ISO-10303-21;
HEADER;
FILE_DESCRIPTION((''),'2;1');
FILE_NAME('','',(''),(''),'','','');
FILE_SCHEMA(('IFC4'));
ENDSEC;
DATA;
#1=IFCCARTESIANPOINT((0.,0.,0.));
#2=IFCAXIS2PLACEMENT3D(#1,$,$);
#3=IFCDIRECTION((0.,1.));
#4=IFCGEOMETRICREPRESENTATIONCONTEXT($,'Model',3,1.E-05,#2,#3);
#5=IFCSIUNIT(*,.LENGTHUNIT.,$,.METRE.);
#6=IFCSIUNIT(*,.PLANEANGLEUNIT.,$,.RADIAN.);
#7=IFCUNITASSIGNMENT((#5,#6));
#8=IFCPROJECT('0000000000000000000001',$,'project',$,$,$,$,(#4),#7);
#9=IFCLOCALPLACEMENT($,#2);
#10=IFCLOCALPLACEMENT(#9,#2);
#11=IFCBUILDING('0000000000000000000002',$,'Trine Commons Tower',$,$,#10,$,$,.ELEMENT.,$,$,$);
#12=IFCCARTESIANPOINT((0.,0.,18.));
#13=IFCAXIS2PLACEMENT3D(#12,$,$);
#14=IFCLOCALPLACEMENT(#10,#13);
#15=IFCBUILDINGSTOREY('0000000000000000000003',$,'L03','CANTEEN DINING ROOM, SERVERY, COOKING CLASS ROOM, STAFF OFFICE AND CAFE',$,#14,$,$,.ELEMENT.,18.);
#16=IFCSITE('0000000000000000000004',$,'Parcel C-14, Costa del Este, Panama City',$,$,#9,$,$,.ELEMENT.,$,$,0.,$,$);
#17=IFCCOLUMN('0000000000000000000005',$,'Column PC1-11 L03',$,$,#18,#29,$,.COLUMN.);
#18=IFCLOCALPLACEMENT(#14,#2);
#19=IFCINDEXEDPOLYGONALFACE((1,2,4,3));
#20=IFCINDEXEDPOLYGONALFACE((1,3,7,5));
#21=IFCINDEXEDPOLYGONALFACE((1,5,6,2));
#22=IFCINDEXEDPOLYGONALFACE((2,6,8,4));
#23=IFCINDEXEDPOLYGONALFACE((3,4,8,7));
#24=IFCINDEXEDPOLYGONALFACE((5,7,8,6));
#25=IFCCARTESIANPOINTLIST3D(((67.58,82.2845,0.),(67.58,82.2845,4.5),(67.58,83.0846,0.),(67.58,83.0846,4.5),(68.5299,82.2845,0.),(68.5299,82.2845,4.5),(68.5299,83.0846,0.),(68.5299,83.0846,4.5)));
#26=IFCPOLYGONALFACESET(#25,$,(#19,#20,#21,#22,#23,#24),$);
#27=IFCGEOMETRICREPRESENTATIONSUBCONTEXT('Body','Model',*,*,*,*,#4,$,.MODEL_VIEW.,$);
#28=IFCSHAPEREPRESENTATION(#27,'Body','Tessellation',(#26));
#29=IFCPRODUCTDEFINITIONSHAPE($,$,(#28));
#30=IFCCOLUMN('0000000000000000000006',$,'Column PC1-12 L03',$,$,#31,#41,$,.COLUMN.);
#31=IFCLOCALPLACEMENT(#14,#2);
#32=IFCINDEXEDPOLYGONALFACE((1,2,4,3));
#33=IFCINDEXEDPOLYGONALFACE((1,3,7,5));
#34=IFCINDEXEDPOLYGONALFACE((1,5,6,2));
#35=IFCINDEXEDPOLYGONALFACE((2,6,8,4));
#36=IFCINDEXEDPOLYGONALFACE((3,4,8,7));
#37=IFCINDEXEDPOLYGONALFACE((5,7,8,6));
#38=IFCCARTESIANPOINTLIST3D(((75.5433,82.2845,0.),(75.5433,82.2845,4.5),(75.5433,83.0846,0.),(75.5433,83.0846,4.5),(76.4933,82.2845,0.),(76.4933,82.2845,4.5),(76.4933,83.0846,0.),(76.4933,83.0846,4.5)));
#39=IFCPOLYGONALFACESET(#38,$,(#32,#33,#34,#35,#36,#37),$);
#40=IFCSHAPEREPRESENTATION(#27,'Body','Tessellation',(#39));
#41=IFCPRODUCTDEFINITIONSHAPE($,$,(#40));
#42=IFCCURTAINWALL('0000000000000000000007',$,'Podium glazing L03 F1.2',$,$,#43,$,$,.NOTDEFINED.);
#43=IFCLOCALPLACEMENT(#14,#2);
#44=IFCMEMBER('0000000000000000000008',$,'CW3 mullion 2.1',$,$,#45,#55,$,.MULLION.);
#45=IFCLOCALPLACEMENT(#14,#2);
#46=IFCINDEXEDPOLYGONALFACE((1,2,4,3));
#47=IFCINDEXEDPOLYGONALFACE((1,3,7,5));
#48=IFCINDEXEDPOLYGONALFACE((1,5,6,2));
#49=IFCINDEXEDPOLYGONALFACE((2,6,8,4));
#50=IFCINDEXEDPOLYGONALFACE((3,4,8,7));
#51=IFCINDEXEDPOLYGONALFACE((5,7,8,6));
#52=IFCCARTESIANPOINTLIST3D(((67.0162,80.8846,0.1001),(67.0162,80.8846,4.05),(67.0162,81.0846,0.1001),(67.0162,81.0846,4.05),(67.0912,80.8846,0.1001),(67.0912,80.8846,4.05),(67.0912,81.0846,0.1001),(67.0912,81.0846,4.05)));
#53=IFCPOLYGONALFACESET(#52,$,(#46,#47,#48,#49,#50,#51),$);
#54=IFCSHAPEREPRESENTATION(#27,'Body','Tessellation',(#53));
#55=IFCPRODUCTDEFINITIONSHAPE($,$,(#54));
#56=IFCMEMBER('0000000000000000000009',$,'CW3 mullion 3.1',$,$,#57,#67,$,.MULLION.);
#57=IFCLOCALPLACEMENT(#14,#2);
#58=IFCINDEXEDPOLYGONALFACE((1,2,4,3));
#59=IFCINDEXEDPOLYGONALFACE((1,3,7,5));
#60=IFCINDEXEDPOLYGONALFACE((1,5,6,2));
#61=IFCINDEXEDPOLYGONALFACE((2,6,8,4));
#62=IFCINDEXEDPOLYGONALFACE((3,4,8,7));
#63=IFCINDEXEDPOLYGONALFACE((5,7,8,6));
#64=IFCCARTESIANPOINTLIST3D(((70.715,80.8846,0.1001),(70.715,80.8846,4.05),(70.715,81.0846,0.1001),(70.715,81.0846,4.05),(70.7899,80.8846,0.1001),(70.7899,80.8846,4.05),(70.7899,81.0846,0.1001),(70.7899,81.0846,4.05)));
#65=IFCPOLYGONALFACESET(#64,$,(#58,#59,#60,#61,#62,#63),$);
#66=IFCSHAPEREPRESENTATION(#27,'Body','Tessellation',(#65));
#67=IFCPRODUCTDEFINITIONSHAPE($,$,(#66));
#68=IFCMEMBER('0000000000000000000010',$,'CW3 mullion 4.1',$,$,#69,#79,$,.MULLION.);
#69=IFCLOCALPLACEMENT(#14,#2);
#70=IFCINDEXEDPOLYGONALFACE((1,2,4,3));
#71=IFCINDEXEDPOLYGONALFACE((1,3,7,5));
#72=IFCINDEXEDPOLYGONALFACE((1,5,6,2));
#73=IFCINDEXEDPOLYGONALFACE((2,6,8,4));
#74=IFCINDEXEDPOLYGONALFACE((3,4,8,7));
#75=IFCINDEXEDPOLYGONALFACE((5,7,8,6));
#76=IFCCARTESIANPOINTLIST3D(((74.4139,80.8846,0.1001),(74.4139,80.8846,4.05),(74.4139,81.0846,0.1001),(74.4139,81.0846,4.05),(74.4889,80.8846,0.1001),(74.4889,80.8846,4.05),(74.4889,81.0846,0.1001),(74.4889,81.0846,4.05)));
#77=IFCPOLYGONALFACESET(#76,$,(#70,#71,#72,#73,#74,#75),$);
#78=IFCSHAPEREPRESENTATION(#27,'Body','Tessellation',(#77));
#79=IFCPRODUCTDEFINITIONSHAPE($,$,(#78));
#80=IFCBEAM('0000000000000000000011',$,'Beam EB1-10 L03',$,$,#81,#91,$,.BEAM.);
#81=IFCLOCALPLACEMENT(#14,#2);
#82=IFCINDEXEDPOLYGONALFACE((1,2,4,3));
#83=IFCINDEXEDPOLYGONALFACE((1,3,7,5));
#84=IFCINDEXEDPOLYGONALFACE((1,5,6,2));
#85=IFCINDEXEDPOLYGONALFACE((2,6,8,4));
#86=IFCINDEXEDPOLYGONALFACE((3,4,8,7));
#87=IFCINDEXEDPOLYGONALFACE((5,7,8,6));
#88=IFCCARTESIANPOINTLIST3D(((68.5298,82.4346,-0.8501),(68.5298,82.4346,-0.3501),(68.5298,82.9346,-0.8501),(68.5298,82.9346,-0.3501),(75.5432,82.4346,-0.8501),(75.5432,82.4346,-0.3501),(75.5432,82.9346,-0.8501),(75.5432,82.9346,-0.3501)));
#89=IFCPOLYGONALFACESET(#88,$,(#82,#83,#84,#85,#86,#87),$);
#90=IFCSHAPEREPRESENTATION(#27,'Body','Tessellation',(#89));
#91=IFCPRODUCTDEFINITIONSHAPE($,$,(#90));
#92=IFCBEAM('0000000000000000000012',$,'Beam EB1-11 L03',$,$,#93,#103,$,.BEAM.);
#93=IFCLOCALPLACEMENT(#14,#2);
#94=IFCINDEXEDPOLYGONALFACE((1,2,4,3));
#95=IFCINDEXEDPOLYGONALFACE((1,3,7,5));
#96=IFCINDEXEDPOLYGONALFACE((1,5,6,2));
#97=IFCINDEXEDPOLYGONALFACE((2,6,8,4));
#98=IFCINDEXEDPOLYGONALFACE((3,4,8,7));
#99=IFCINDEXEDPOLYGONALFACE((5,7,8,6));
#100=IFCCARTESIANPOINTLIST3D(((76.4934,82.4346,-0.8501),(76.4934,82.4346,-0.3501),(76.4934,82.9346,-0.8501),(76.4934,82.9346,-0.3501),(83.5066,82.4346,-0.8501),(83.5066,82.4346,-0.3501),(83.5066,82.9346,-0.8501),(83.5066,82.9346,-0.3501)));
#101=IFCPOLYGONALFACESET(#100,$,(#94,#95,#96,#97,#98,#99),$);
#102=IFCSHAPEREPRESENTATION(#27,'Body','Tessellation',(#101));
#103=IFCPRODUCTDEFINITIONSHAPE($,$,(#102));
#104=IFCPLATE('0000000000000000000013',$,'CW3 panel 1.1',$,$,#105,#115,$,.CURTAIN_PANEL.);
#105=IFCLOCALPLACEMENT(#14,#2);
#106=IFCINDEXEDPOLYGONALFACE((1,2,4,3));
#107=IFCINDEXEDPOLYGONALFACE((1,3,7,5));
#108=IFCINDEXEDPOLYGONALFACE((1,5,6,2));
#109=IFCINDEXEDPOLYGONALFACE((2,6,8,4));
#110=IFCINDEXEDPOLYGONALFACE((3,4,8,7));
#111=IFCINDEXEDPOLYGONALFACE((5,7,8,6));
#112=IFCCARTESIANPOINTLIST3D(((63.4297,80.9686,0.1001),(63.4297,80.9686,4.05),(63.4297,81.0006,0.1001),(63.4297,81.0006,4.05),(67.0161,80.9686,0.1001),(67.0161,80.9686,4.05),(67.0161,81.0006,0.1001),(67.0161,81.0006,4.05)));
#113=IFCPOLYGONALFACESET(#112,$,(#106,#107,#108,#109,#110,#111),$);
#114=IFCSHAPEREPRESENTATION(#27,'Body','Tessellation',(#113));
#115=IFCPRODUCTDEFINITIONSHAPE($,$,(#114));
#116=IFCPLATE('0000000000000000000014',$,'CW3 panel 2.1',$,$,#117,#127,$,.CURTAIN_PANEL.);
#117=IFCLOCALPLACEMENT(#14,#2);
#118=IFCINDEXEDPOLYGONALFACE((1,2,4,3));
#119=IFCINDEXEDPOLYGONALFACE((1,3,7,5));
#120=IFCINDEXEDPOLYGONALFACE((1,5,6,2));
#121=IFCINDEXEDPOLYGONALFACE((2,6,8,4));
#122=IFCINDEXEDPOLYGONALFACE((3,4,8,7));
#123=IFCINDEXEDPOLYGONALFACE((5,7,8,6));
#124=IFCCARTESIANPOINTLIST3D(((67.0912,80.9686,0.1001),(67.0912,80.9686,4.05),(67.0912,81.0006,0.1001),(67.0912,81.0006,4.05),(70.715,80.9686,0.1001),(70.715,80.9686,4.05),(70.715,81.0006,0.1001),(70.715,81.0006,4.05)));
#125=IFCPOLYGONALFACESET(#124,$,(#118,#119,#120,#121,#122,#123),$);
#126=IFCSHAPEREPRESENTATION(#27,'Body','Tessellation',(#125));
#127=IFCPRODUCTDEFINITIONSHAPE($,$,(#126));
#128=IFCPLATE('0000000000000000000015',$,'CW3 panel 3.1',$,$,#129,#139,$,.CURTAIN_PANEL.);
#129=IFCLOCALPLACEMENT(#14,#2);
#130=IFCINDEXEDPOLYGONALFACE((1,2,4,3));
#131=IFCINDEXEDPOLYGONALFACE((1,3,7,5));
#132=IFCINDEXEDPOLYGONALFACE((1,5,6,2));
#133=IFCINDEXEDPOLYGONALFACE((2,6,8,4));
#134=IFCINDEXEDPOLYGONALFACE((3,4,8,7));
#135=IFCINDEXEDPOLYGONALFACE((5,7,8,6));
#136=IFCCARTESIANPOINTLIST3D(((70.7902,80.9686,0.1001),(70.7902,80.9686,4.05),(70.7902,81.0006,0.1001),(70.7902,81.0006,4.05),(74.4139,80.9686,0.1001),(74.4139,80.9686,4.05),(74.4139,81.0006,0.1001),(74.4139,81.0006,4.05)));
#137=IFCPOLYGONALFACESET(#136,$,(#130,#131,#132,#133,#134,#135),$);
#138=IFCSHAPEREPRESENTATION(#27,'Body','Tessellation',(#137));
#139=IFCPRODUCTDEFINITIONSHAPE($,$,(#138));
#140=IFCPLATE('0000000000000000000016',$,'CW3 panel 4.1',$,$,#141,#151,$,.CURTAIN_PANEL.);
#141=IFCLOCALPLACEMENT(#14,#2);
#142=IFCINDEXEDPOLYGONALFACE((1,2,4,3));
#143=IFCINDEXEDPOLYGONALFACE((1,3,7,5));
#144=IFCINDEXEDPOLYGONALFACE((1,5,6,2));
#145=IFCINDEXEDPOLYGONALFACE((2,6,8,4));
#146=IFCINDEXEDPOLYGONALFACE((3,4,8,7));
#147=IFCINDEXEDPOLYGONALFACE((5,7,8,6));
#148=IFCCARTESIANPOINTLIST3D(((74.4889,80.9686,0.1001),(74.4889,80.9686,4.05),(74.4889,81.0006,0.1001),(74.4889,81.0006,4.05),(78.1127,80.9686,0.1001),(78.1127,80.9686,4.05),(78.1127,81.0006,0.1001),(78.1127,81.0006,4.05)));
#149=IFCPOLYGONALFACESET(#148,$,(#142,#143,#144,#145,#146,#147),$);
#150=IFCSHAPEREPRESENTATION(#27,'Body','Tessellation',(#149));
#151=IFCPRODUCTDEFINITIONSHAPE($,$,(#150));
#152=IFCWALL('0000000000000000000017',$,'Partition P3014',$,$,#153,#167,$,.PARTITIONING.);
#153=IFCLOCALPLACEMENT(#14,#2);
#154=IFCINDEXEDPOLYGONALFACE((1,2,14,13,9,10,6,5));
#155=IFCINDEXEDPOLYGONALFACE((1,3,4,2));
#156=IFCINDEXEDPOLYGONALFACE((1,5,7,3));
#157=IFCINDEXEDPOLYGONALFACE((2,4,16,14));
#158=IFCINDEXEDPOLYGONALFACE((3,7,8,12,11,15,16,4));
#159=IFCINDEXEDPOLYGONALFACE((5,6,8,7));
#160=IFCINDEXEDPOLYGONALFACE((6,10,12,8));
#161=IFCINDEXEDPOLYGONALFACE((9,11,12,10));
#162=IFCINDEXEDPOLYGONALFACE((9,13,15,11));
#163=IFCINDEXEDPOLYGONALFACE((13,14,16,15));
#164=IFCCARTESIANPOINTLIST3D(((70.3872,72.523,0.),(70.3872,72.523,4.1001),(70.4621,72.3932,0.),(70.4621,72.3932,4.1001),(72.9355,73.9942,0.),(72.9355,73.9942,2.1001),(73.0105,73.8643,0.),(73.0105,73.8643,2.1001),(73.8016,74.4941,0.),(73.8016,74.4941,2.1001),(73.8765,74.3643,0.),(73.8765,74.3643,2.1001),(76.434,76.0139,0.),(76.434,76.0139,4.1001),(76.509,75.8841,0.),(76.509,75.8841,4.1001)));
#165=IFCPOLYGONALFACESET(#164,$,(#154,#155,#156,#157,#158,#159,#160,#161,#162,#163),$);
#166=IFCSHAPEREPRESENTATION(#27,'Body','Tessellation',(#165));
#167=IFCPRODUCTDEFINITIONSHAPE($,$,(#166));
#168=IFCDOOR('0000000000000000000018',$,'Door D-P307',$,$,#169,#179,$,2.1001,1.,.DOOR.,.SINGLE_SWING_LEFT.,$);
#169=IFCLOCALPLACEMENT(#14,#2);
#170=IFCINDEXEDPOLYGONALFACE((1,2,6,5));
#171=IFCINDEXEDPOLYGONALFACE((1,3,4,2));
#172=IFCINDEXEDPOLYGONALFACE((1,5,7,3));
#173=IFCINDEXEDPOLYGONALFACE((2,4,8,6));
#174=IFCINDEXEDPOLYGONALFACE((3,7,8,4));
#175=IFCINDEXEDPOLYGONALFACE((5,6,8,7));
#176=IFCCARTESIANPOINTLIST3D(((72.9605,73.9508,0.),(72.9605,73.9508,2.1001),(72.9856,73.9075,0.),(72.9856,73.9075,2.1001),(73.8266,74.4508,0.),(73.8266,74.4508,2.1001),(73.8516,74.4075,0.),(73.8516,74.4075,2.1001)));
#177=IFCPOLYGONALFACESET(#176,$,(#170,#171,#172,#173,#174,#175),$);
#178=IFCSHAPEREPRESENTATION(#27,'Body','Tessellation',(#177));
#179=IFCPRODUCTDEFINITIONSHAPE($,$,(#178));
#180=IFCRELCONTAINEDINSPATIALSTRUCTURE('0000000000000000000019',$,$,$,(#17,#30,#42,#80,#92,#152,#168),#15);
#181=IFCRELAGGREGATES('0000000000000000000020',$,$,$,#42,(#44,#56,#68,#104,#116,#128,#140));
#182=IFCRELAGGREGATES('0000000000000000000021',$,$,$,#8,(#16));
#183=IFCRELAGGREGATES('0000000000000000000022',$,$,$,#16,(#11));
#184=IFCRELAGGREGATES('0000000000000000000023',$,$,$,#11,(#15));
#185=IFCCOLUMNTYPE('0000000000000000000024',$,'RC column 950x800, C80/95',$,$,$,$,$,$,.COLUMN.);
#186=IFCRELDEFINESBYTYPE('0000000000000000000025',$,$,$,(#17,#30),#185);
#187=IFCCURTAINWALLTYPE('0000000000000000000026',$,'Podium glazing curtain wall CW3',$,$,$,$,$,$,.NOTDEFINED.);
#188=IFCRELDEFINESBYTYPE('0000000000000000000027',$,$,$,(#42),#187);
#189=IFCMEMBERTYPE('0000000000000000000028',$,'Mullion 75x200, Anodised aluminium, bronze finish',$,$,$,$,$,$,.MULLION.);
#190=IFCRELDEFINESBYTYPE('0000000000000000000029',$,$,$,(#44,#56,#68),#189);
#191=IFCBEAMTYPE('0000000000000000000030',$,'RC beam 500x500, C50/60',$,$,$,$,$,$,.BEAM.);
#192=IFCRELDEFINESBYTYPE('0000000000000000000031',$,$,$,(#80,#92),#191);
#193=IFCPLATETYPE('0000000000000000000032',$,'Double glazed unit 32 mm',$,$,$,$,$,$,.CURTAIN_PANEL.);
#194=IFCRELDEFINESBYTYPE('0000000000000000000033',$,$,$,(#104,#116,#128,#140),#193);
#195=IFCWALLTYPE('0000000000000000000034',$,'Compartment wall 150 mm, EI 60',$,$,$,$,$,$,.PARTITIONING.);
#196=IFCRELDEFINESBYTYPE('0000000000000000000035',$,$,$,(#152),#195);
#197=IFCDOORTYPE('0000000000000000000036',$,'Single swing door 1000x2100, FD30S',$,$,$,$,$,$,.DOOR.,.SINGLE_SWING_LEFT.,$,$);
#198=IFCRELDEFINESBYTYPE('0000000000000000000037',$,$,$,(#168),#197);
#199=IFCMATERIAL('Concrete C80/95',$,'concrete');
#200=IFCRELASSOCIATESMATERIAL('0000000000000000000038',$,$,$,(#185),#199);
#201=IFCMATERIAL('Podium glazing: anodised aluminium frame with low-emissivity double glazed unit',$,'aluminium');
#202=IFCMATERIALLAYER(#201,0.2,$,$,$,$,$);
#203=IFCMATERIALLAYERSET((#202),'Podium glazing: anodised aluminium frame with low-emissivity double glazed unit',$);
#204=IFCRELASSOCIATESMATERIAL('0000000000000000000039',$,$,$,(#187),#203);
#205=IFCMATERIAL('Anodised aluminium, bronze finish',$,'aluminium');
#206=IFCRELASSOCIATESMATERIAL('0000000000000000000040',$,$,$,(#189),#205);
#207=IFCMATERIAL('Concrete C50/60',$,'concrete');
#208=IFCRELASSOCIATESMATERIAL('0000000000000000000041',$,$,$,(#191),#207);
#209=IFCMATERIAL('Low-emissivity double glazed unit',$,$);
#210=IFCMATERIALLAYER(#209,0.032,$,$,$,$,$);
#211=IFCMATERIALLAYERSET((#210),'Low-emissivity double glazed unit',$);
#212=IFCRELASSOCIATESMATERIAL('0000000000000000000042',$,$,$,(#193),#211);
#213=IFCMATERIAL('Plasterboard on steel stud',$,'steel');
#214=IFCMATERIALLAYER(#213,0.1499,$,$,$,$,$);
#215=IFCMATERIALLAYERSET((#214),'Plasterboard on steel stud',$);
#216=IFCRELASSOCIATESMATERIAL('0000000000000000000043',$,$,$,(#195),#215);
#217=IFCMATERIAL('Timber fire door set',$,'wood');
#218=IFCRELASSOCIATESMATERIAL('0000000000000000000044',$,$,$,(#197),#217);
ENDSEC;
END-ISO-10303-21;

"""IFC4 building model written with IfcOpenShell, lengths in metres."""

from ifc_helpers import new_model, si_unit, direction, frame, frame_2d, origin, origin_2d, place, context, subcontext, project, spatial, rectangle, extrude, material, layer, layer_set, material_profile, profile_set, type_object, element, fill, aggregate, save


model = new_model("IFC4")

# Units and contexts
model_context = context("Model", 3, precision=1e-05, world=origin(), true_north=direction((0.0, 1.0)))
body_context = subcontext(model_context, "Body", "Model", "MODEL_VIEW")
ifc_project = project(units=[si_unit("LENGTHUNIT", "METRE"), si_unit("PLANEANGLEUNIT", "RADIAN")], contexts=[model_context])

# Site, building, storey
site_placement = place(None, origin())
site = spatial("IfcSite", under=ifc_project, at=site_placement, Name="Parcel C-14, Costa del Este, Panama City", CompositionType="ELEMENT", RefElevation=0.0)
building_placement = place(site_placement, origin())
building = spatial("IfcBuilding", under=site, at=building_placement, Name="Trine Commons Tower", CompositionType="ELEMENT")
storey_placement = place(building_placement, frame((0.0, 0.0, 18.0)))
storey = spatial("IfcBuildingStorey", under=building, at=storey_placement, Name="L03", Description="CANTEEN DINING ROOM, SERVERY, COOKING CLASS ROOM, STAFF OFFICE AND CAFE", CompositionType="ELEMENT", Elevation=18.0)

# Columns
ifc_material_1 = material(Name="Concrete C80/95", Category="concrete")
ifc_material_profile_1 = material_profile(ifc_material_1, rectangle(XDim=0.95, YDim=0.8, at=origin_2d()), Name="RC 950x800")
ifc_profile_set_1 = profile_set([ifc_material_profile_1], Name="Concrete C80/95")
column_type = type_object("IfcColumnType", Name="RC column 950x800, C80/95", PredefinedType="COLUMN", material=ifc_profile_set_1)
for number, where, z_axis, x_axis, name in (
    (1, (68.0549, 82.6846, 0.0), (0.0, 0.0, 1.0), (1.0, 0.0, 0.0), "Column PC1-11 L03"),
    (2, (76.0183, 82.6846, 0.0), (0.0, 0.0, 1.0), (1.0, 0.0, 0.0), "Column PC1-12 L03"),
):
    element("IfcColumn", number, at=place(storey_placement, frame(where, z_axis=z_axis, x_axis=x_axis)), inside=storey, type_object=column_type, Name=name, PredefinedType="COLUMN", context=body_context, shape_type="SweptSolid", body=[
        extrude(rectangle(XDim=0.95, YDim=0.8, at=origin_2d()), origin(), (0.0, 0.0, 1.0), 4.5),
    ])

# Curtain wall, members
ifc_material_2 = material(Name="Podium glazing: anodised aluminium frame with low-emissivity double glazed unit", Category="aluminium")
ifc_layer_1 = layer(ifc_material_2, 0.2)
ifc_layer_set_1 = layer_set([ifc_layer_1], Name="Podium glazing: anodised aluminium frame with low-emissivity double glazed unit")
curtain_wall_type = type_object("IfcCurtainWallType", Name="Podium glazing curtain wall CW3", PredefinedType="NOTDEFINED", material=ifc_layer_set_1)
curtain_wall_placement = place(storey_placement, origin())
curtain_wall = element("IfcCurtainWall", 3, at=curtain_wall_placement, inside=storey, type_object=curtain_wall_type, Name="Podium glazing L03 F1.2", PredefinedType="NOTDEFINED")
ifc_material_3 = material(Name="Anodised aluminium, bronze finish", Category="aluminium")
ifc_material_profile_2 = material_profile(ifc_material_3, rectangle(XDim=0.2, YDim=0.075, at=origin_2d()), Name="Mullion 75x200")
ifc_profile_set_2 = profile_set([ifc_material_profile_2], Name="Anodised aluminium, bronze finish")
member_type = type_object("IfcMemberType", Name="Mullion 75x200, Anodised aluminium, bronze finish", PredefinedType="MULLION", material=ifc_profile_set_2)
member_1_placement = place(storey_placement, frame((67.0537, 80.9846, 0.1001), z_axis=(0.0, 0.0, 1.0), x_axis=(0.0, 1.0, 0.0)))
member_1 = element("IfcMember", 4, at=member_1_placement, type_object=member_type, Name="CW3 mullion 2.1", PredefinedType="MULLION", context=body_context, shape_type="SweptSolid", body=[
    extrude(rectangle(XDim=0.2, YDim=0.075, at=origin_2d()), origin(), (0.0, 0.0, 1.0), 3.95),
])
member_2_placement = place(storey_placement, frame((70.7524, 80.9846, 0.1001), z_axis=(0.0, 0.0, 1.0), x_axis=(0.0, 1.0, 0.0)))
member_2 = element("IfcMember", 5, at=member_2_placement, type_object=member_type, Name="CW3 mullion 3.1", PredefinedType="MULLION", context=body_context, shape_type="SweptSolid", body=[
    extrude(rectangle(XDim=0.2, YDim=0.075, at=origin_2d()), origin(), (0.0, 0.0, 1.0), 3.95),
])
member_3_placement = place(storey_placement, frame((74.4514, 80.9846, 0.1001), z_axis=(0.0, 0.0, 1.0), x_axis=(0.0, 1.0, 0.0)))
member_3 = element("IfcMember", 6, at=member_3_placement, type_object=member_type, Name="CW3 mullion 4.1", PredefinedType="MULLION", context=body_context, shape_type="SweptSolid", body=[
    extrude(rectangle(XDim=0.2, YDim=0.075, at=origin_2d()), origin(), (0.0, 0.0, 1.0), 3.95),
])

# Beams
ifc_material_4 = material(Name="Concrete C50/60", Category="concrete")
ifc_material_profile_3 = material_profile(ifc_material_4, rectangle(XDim=0.5, YDim=0.5, at=origin_2d()), Name="RC 500x500")
ifc_profile_set_3 = profile_set([ifc_material_profile_3], Name="Concrete C50/60")
beam_type = type_object("IfcBeamType", Name="RC beam 500x500, C50/60", PredefinedType="BEAM", material=ifc_profile_set_3)
beam_1_placement = place(storey_placement, frame((68.5298, 82.6846, -0.6001), z_axis=(1.0, 0.0, 0.0), x_axis=(0.0, 1.0, 0.0)))
element("IfcBeam", 7, at=beam_1_placement, inside=storey, type_object=beam_type, Name="Beam EB1-10 L03", PredefinedType="BEAM", context=body_context, shape_type="SweptSolid", body=[
    extrude(rectangle(XDim=0.5, YDim=0.5, at=origin_2d()), origin(), (0.0, 0.0, 1.0), 7.0134),
])
beam_2_placement = place(storey_placement, frame((76.4934, 82.6846, -0.6001), z_axis=(1.0, 0.0, 0.0), x_axis=(0.0, 1.0, 0.0)))
element("IfcBeam", 8, at=beam_2_placement, inside=storey, type_object=beam_type, Name="Beam EB1-11 L03", PredefinedType="BEAM", context=body_context, shape_type="SweptSolid", body=[
    extrude(rectangle(XDim=0.5, YDim=0.5, at=origin_2d()), origin(), (0.0, 0.0, 1.0), 7.0132),
])

# Plates
ifc_material_5 = material(Name="Low-emissivity double glazed unit")
ifc_layer_2 = layer(ifc_material_5, 0.032)
ifc_layer_set_2 = layer_set([ifc_layer_2], Name="Low-emissivity double glazed unit")
plate_type = type_object("IfcPlateType", Name="Double glazed unit 32 mm", PredefinedType="CURTAIN_PANEL", material=ifc_layer_set_2)
plate_1_placement = place(storey_placement, frame((65.2229, 80.9846, 0.1001), z_axis=(0.0, 0.0, 1.0), x_axis=(1.0, 0.0, 0.0)))
plate_1 = element("IfcPlate", 9, at=plate_1_placement, type_object=plate_type, Name="CW3 panel 1.1", PredefinedType="CURTAIN_PANEL", context=body_context, shape_type="SweptSolid", body=[
    extrude(rectangle(XDim=3.5864, YDim=0.032, at=origin_2d()), origin(), (0.0, 0.0, 1.0), 3.95),
])
plate_2_placement = place(storey_placement, frame((68.9031, 80.9846, 0.1001), z_axis=(0.0, 0.0, 1.0), x_axis=(1.0, 0.0, 0.0)))
plate_2 = element("IfcPlate", 10, at=plate_2_placement, type_object=plate_type, Name="CW3 panel 2.1", PredefinedType="CURTAIN_PANEL", context=body_context, shape_type="SweptSolid", body=[
    extrude(rectangle(XDim=3.6238, YDim=0.032, at=origin_2d()), origin(), (0.0, 0.0, 1.0), 3.95),
])
plate_3_placement = place(storey_placement, frame((72.6021, 80.9846, 0.1001), z_axis=(0.0, 0.0, 1.0), x_axis=(1.0, 0.0, 0.0)))
plate_3 = element("IfcPlate", 11, at=plate_3_placement, type_object=plate_type, Name="CW3 panel 3.1", PredefinedType="CURTAIN_PANEL", context=body_context, shape_type="SweptSolid", body=[
    extrude(rectangle(XDim=3.6238, YDim=0.032, at=origin_2d()), origin(), (0.0, 0.0, 1.0), 3.95),
])
plate_4_placement = place(storey_placement, frame((76.3008, 80.9846, 0.1001), z_axis=(0.0, 0.0, 1.0), x_axis=(1.0, 0.0, 0.0)))
plate_4 = element("IfcPlate", 12, at=plate_4_placement, type_object=plate_type, Name="CW3 panel 4.1", PredefinedType="CURTAIN_PANEL", context=body_context, shape_type="SweptSolid", body=[
    extrude(rectangle(XDim=3.6238, YDim=0.032, at=origin_2d()), origin(), (0.0, 0.0, 1.0), 3.95),
])
aggregate(curtain_wall, [member_1, member_2, member_3, plate_1, plate_2, plate_3, plate_4])

# Wall, opening, door
ifc_material_6 = material(Name="Plasterboard on steel stud", Category="steel")
ifc_layer_3 = layer(ifc_material_6, 0.1499)
ifc_layer_set_3 = layer_set([ifc_layer_3], Name="Plasterboard on steel stud")
wall_type_1 = type_object("IfcWallType", Name="Compartment wall 150 mm, EI 60", PredefinedType="PARTITIONING", material=ifc_layer_set_3)
wall_1_placement = place(storey_placement, frame((70.4246, 72.458, 0.0), z_axis=(0.0, 0.0, 1.0), x_axis=(0.866038, 0.499979, 0.0)))
wall_1 = element("IfcWall", 13, at=wall_1_placement, inside=storey, type_object=wall_type_1, Name="Partition P3014", PredefinedType="PARTITIONING", context=body_context, shape_type="SweptSolid", body=[
    extrude(rectangle(XDim=6.9822, YDim=0.1499, at=frame_2d((3.4912, 0.0))), origin(), (0.0, 0.0, 1.0), 4.1001),
])
opening_1_placement = place(wall_1_placement, frame((2.9426, 0.0, 0.0)))
opening_1 = element("IfcOpeningElement", 14, at=opening_1_placement, cuts=wall_1, PredefinedType="OPENING", context=body_context, shape_type="SweptSolid", body=[
    extrude(rectangle(XDim=1.0, YDim=2.1001, at=frame_2d((0.5, 1.05))), frame((0.0, 0.085, 0.0), z_axis=(0.0, -1.0, 0.0), x_axis=(1.0, 0.0, 0.0)), (0.0, 0.0, 1.0), 0.1699),
])
ifc_material_7 = material(Name="Timber fire door set", Category="wood")
door_type_1 = type_object("IfcDoorType", Name="Single swing door 1000x2100, FD30S", OperationType="SINGLE_SWING_LEFT", PredefinedType="DOOR", material=ifc_material_7)
door_1_placement = place(opening_1_placement, origin())
door_1 = element("IfcDoor", 15, at=door_1_placement, inside=storey, type_object=door_type_1, Name="Door D-P307", OperationType="SINGLE_SWING_LEFT", OverallHeight=2.1001, OverallWidth=1.0, PredefinedType="DOOR", context=body_context, shape_type="SweptSolid", body=[
    extrude(rectangle(XDim=1.0, YDim=2.1001, at=frame_2d((0.5, 1.05))), frame((0.0, 0.0249, 0.0), z_axis=(0.0, -1.0, 0.0), x_axis=(1.0, 0.0, 0.0)), (0.0, 0.0, 1.0), 0.05),
])
fill(opening_1, door_1)

save(model, "model.ifc")
